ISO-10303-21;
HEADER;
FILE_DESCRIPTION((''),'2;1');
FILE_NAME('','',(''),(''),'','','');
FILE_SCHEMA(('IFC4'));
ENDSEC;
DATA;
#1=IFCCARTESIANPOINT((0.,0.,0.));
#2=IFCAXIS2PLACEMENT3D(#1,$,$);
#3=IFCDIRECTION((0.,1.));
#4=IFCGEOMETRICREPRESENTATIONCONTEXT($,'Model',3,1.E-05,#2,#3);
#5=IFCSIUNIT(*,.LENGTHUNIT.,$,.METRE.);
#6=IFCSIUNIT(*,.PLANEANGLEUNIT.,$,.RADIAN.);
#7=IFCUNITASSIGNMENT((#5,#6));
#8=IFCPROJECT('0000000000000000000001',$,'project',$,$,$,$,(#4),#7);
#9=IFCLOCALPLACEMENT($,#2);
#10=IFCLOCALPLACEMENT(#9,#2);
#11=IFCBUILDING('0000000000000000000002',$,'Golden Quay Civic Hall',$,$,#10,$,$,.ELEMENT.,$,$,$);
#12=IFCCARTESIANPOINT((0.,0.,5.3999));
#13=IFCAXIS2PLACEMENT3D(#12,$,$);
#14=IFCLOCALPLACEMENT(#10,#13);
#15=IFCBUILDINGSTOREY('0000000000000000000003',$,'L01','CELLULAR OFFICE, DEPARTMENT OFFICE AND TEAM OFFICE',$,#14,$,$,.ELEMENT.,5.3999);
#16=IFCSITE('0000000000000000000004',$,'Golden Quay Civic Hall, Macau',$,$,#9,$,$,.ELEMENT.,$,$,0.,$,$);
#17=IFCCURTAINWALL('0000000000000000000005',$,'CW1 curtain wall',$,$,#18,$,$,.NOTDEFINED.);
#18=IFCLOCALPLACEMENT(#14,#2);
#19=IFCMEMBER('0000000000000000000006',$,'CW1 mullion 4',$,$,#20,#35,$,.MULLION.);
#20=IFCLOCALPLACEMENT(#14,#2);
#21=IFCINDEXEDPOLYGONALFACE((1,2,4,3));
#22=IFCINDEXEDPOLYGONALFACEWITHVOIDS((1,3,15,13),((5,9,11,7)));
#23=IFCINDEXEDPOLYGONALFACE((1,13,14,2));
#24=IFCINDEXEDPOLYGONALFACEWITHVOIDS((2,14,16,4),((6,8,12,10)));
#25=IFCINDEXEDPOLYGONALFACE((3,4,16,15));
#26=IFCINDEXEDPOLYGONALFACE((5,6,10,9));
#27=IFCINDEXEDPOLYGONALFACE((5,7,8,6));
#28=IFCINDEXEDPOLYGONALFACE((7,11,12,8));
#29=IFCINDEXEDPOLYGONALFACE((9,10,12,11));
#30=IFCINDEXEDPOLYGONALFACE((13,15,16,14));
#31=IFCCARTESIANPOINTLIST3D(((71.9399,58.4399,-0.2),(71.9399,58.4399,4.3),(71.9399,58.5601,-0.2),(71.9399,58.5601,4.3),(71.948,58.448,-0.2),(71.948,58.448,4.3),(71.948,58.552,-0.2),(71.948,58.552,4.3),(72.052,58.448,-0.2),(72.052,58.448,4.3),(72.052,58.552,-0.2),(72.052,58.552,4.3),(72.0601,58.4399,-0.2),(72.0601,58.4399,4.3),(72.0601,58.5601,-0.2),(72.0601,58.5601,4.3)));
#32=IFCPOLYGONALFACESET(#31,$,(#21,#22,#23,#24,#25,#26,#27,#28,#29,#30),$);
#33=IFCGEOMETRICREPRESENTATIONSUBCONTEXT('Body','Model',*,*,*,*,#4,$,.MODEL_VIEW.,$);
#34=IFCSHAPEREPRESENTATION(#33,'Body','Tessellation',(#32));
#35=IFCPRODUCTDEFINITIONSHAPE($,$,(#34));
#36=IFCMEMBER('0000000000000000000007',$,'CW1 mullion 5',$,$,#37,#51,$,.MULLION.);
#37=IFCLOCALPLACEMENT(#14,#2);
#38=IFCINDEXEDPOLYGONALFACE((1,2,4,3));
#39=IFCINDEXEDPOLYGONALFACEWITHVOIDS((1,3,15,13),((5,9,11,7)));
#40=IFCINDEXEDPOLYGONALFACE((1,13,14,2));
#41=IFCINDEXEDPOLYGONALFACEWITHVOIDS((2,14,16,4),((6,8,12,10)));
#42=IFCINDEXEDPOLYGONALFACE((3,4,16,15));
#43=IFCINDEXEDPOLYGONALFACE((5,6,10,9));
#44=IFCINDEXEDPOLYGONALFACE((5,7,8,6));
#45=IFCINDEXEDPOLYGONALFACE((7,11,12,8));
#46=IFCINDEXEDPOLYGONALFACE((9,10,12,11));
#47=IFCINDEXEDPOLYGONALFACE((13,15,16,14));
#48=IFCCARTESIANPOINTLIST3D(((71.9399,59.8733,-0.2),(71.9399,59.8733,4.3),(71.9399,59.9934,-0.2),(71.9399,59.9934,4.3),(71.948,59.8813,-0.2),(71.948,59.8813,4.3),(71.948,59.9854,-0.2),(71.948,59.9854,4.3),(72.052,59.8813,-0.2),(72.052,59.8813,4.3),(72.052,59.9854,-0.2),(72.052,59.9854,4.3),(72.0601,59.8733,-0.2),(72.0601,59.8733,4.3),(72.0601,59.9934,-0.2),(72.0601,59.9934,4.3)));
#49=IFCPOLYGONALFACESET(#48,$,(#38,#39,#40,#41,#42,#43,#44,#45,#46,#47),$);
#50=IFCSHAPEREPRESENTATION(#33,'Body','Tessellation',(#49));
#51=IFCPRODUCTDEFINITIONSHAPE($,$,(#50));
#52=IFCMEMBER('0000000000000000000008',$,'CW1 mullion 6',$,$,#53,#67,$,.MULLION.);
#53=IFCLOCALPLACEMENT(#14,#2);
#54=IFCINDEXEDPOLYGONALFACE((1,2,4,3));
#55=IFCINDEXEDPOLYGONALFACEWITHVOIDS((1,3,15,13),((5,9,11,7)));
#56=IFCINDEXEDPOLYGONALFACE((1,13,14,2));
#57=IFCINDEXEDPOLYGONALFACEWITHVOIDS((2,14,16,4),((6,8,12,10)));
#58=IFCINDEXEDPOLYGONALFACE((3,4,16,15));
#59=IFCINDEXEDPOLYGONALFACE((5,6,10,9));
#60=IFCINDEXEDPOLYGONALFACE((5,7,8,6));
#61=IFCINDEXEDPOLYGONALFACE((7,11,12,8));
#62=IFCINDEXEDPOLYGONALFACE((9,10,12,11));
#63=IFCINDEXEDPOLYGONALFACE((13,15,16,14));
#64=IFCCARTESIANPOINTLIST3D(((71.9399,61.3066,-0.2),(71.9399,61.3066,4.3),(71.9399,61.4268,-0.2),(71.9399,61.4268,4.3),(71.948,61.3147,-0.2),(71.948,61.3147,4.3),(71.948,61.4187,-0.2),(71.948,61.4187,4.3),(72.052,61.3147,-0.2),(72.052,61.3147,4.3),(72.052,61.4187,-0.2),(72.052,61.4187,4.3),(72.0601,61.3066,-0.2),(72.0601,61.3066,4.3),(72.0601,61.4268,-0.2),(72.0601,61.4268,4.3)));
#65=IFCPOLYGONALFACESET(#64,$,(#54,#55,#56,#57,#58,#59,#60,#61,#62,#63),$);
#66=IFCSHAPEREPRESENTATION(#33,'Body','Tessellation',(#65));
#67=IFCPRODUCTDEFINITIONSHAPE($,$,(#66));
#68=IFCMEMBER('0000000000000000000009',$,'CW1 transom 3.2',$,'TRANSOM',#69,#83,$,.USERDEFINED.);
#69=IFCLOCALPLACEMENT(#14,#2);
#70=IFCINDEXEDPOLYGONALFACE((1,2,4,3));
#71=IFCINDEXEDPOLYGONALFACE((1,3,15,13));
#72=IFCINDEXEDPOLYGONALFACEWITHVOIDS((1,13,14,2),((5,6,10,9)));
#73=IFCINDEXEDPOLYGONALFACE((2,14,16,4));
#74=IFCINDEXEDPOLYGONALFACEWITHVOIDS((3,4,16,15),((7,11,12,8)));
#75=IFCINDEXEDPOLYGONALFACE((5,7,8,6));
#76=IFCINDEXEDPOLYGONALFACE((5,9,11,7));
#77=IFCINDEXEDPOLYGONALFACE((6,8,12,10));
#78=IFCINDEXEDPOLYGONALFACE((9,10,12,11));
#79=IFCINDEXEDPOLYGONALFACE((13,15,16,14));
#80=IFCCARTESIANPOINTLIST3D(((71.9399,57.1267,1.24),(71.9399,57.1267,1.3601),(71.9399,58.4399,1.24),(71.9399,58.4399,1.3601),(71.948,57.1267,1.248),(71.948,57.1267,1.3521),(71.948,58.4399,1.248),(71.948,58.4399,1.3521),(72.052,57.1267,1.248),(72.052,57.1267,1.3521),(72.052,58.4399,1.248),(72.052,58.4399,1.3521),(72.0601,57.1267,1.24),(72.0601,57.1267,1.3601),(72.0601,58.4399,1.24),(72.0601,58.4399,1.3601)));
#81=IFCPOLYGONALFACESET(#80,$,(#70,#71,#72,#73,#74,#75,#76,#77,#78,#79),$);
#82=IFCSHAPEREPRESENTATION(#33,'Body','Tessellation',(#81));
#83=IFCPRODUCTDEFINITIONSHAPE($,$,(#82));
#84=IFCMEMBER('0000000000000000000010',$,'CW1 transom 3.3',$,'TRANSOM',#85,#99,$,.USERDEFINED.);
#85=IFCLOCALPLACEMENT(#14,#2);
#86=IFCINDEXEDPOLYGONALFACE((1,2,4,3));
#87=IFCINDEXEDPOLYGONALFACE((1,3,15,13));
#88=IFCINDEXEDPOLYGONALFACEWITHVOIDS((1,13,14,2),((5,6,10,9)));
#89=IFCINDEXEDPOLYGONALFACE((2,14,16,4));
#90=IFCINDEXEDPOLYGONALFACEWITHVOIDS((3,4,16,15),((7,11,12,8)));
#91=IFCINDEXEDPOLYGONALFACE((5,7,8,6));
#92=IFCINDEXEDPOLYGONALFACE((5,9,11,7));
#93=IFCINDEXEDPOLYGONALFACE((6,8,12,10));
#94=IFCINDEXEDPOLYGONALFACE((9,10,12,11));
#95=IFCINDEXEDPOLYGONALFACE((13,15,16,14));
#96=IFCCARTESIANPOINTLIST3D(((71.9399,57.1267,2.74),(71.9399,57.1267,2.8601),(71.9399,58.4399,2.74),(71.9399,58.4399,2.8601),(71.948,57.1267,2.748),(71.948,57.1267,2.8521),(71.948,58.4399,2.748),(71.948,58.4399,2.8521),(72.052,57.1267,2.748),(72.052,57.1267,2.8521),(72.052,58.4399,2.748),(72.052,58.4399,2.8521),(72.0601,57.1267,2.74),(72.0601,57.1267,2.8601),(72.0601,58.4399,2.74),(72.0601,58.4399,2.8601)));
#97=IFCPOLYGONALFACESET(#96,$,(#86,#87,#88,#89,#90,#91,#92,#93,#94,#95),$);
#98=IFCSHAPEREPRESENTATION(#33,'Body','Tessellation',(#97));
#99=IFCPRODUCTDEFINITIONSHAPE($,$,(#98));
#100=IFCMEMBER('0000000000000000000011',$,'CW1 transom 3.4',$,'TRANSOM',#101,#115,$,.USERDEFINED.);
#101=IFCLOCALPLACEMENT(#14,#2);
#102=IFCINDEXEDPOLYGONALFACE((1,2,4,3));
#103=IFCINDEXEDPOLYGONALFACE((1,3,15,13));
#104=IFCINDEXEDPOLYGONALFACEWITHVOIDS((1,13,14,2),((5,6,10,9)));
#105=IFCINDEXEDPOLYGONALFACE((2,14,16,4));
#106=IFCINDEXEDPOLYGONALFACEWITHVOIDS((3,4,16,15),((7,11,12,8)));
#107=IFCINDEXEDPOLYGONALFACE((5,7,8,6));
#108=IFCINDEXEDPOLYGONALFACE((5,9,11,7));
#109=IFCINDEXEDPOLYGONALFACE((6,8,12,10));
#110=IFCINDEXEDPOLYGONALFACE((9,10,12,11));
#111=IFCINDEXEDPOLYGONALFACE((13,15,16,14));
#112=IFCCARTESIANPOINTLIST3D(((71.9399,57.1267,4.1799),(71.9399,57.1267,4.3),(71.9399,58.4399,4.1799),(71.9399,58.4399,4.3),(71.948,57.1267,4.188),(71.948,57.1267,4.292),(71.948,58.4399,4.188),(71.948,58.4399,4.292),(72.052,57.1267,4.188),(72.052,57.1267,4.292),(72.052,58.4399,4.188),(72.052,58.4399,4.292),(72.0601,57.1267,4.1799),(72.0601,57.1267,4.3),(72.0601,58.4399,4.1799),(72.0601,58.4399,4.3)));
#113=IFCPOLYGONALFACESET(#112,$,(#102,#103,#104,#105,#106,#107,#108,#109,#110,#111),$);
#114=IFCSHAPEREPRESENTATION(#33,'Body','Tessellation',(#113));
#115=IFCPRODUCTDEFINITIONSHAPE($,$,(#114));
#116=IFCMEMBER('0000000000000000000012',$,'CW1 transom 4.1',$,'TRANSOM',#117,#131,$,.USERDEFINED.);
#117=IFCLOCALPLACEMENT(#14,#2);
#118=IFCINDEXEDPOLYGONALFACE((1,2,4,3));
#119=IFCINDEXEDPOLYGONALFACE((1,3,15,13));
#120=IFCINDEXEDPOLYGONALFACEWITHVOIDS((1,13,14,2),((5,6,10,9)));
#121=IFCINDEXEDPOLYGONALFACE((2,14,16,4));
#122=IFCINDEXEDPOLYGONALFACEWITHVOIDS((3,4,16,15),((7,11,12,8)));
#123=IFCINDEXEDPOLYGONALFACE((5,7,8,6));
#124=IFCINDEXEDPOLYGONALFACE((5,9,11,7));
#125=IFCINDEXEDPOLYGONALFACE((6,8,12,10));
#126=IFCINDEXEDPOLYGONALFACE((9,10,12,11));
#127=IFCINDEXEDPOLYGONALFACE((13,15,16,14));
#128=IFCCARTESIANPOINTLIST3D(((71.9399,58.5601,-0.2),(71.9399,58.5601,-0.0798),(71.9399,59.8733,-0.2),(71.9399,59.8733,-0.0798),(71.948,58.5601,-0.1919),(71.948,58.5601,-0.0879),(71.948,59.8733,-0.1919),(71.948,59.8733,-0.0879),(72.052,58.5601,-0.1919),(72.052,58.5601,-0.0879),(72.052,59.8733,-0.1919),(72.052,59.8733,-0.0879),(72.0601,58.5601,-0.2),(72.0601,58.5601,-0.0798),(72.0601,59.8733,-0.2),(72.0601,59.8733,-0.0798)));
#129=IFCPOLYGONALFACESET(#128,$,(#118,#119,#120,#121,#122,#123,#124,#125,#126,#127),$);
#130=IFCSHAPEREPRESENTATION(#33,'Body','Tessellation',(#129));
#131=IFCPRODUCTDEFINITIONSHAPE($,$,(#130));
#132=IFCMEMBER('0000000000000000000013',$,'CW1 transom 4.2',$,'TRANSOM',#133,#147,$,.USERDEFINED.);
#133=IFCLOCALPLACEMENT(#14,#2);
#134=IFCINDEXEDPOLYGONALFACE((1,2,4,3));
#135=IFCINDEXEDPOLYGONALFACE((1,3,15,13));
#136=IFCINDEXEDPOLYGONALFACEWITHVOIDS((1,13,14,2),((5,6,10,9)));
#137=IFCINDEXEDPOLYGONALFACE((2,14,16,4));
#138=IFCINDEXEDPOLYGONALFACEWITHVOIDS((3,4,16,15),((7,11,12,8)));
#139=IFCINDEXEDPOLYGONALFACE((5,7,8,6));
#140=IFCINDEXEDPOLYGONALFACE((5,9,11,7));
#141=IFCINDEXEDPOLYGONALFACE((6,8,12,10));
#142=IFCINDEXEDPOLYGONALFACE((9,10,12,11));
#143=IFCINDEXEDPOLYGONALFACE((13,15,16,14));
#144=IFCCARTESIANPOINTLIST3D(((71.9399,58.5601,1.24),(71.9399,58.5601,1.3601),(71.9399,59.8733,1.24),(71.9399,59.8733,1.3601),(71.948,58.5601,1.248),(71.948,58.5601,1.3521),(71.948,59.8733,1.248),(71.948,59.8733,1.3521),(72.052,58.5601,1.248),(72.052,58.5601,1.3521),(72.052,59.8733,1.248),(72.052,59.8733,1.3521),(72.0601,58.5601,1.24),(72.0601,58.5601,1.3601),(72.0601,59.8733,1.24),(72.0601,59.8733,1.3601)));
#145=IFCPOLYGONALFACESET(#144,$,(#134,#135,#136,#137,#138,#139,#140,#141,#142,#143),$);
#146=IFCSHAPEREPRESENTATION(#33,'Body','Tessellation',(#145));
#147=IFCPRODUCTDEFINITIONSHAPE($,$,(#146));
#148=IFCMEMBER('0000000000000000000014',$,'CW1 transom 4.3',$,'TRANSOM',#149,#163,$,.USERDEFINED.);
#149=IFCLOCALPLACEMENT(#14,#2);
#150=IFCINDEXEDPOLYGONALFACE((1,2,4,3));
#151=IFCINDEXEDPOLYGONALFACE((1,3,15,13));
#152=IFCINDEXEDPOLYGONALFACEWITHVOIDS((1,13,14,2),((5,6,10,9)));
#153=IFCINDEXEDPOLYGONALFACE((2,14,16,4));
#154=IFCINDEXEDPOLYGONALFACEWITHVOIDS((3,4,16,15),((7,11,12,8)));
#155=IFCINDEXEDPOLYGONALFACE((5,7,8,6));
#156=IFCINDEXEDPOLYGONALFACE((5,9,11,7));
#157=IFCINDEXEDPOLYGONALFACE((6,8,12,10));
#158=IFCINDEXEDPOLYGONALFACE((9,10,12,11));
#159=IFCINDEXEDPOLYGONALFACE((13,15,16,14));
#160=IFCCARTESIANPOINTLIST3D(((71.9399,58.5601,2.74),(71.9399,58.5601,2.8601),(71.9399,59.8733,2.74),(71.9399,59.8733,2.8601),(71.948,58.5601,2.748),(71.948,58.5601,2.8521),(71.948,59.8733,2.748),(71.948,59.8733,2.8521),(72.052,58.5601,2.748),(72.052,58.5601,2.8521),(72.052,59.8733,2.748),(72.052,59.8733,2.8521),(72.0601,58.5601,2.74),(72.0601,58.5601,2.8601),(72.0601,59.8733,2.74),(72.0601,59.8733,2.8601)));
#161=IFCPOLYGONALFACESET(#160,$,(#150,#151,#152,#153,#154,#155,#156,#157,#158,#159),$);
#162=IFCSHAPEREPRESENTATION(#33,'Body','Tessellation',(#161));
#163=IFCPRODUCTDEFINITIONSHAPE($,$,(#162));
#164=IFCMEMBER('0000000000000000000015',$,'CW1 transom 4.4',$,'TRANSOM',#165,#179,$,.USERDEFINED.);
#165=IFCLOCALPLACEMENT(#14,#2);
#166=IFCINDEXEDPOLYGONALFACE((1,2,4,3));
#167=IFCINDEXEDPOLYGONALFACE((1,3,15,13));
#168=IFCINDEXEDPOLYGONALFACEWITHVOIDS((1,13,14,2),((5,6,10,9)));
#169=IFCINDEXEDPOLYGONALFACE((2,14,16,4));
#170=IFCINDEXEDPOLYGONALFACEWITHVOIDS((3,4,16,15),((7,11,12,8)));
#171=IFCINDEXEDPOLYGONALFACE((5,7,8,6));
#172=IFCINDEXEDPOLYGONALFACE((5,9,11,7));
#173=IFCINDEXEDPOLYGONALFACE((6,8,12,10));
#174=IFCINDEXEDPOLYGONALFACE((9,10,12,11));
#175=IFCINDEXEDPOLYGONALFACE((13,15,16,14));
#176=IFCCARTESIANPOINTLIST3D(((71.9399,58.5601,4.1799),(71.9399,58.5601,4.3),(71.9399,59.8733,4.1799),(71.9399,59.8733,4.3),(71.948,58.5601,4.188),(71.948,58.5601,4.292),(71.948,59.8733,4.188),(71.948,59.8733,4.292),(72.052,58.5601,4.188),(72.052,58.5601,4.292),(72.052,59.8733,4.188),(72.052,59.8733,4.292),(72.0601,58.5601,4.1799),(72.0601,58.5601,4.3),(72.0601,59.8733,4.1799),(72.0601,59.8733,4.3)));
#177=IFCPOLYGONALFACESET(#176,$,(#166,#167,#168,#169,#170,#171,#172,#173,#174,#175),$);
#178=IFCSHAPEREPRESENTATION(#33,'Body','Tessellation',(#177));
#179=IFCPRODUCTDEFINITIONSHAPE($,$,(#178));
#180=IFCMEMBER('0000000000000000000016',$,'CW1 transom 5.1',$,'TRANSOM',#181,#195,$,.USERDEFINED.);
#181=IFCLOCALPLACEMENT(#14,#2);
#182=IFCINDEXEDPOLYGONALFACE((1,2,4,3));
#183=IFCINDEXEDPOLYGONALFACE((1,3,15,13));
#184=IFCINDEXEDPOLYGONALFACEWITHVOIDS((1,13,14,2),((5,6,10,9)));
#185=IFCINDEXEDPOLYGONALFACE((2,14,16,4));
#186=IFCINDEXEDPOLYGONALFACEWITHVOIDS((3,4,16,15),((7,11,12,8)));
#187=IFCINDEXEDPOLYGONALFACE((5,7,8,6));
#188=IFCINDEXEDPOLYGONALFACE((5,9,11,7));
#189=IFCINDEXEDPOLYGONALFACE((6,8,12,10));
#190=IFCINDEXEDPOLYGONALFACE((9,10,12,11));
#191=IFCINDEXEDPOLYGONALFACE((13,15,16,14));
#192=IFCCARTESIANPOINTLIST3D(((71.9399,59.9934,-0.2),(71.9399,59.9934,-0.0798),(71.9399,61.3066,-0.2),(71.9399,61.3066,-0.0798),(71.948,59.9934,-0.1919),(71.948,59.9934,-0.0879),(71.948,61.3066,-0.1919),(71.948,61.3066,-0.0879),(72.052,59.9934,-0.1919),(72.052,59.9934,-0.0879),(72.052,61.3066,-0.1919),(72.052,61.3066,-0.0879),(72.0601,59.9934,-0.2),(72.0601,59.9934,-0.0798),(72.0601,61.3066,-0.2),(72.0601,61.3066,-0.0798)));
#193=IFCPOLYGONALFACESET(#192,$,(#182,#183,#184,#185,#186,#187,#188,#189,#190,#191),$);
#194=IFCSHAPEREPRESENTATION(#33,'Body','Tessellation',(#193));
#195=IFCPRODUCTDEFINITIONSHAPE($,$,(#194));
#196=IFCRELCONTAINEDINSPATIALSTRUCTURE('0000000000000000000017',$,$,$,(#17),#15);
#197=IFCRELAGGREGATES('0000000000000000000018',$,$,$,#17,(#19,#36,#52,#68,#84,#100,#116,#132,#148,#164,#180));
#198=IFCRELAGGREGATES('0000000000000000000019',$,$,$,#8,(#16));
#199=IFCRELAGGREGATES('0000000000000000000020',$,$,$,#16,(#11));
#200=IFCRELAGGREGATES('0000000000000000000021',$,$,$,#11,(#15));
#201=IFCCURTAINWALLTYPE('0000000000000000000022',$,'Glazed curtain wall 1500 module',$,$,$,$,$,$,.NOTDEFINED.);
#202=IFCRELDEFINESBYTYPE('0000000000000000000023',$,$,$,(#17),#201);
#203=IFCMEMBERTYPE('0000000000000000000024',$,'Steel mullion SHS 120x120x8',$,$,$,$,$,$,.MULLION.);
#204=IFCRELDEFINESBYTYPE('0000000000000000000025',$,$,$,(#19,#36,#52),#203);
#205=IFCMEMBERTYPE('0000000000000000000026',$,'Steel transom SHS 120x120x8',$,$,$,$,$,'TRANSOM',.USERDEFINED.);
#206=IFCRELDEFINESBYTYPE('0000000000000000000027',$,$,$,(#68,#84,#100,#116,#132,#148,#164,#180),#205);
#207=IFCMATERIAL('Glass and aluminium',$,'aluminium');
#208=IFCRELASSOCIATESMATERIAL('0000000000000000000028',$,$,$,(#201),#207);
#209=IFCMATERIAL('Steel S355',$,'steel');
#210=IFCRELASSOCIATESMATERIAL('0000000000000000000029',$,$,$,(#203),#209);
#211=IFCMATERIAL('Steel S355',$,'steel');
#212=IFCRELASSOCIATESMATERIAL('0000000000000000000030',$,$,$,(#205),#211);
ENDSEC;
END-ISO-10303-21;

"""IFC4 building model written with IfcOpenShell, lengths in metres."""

from ifc_helpers import new_model, si_unit, direction, frame, origin, origin_2d, place, context, subcontext, project, spatial, hollow_rectangle, extrude, material, material_profile, profile_set, type_object, element, aggregate, save


model = new_model("IFC4")

# Units and contexts
model_context = context("Model", 3, precision=1e-05, world=origin(), true_north=direction((0.0, 1.0)))
body_context = subcontext(model_context, "Body", "Model", "MODEL_VIEW")
ifc_project = project(units=[si_unit("LENGTHUNIT", "METRE"), si_unit("PLANEANGLEUNIT", "RADIAN")], contexts=[model_context])

# Site, building, storey
site_placement = place(None, origin())
site = spatial("IfcSite", under=ifc_project, at=site_placement, Name="Golden Quay Civic Hall, Macau", CompositionType="ELEMENT", RefElevation=0.0)
building_placement = place(site_placement, origin())
building = spatial("IfcBuilding", under=site, at=building_placement, Name="Golden Quay Civic Hall", CompositionType="ELEMENT")
storey_placement = place(building_placement, frame((0.0, 0.0, 5.3999)))
storey = spatial("IfcBuildingStorey", under=building, at=storey_placement, Name="L01", Description="CELLULAR OFFICE, DEPARTMENT OFFICE AND TEAM OFFICE", CompositionType="ELEMENT", Elevation=5.3999)

# Curtain wall, members
ifc_material_1 = material(Name="Glass and aluminium", Category="aluminium")
curtain_wall_type = type_object("IfcCurtainWallType", Name="Glazed curtain wall 1500 module", PredefinedType="NOTDEFINED", material=ifc_material_1)
curtain_wall_placement = place(storey_placement, origin())
curtain_wall = element("IfcCurtainWall", 1, at=curtain_wall_placement, inside=storey, type_object=curtain_wall_type, Name="CW1 curtain wall", PredefinedType="NOTDEFINED")
ifc_material_2 = material(Name="Steel S355", Category="steel")
ifc_material_profile_1 = material_profile(ifc_material_2, hollow_rectangle(XDim=0.1201, YDim=0.1201, WallThickness=0.0081, at=origin_2d()), Name="SHS 120x120x8")
ifc_profile_set_1 = profile_set([ifc_material_profile_1], Name="Steel S355")
member_type_1 = type_object("IfcMemberType", Name="Steel mullion SHS 120x120x8", PredefinedType="MULLION", material=ifc_profile_set_1)
member_1_placement = place(storey_placement, frame((72.0, 58.5, -0.2), z_axis=(0.0, 0.0, 1.0), x_axis=(-1.0, 0.0, 0.0)))
member_1 = element("IfcMember", 2, at=member_1_placement, type_object=member_type_1, Name="CW1 mullion 4", PredefinedType="MULLION", context=body_context, shape_type="SweptSolid", body=[
    extrude(hollow_rectangle(XDim=0.1201, YDim=0.1201, WallThickness=0.0081, at=origin_2d()), origin(), (0.0, 0.0, 1.0), 4.5),
])
member_2_placement = place(storey_placement, frame((72.0, 59.9333, -0.2), z_axis=(0.0, 0.0, 1.0), x_axis=(-1.0, 0.0, 0.0)))
member_2 = element("IfcMember", 3, at=member_2_placement, type_object=member_type_1, Name="CW1 mullion 5", PredefinedType="MULLION", context=body_context, shape_type="SweptSolid", body=[
    extrude(hollow_rectangle(XDim=0.1201, YDim=0.1201, WallThickness=0.0081, at=origin_2d()), origin(), (0.0, 0.0, 1.0), 4.5),
])
member_3_placement = place(storey_placement, frame((72.0, 61.3667, -0.2), z_axis=(0.0, 0.0, 1.0), x_axis=(-1.0, 0.0, 0.0)))
member_3 = element("IfcMember", 4, at=member_3_placement, type_object=member_type_1, Name="CW1 mullion 6", PredefinedType="MULLION", context=body_context, shape_type="SweptSolid", body=[
    extrude(hollow_rectangle(XDim=0.1201, YDim=0.1201, WallThickness=0.0081, at=origin_2d()), origin(), (0.0, 0.0, 1.0), 4.5),
])
ifc_material_3 = material(Name="Steel S355", Category="steel")
ifc_material_profile_2 = material_profile(ifc_material_3, hollow_rectangle(XDim=0.1201, YDim=0.1201, WallThickness=0.0081, at=origin_2d()), Name="SHS 120x120x8")
ifc_profile_set_2 = profile_set([ifc_material_profile_2], Name="Steel S355")
member_type_2 = type_object("IfcMemberType", Name="Steel transom SHS 120x120x8", ElementType="TRANSOM", PredefinedType="USERDEFINED", material=ifc_profile_set_2)
member_4_placement = place(storey_placement, frame((72.0, 57.1267, 1.3), z_axis=(0.0, 1.0, 0.0), x_axis=(-1.0, 0.0, 0.0)))
member_4 = element("IfcMember", 5, at=member_4_placement, type_object=member_type_2, Name="CW1 transom 3.2", ObjectType="TRANSOM", PredefinedType="USERDEFINED", context=body_context, shape_type="SweptSolid", body=[
    extrude(hollow_rectangle(XDim=0.1201, YDim=0.1201, WallThickness=0.0081, at=origin_2d()), origin(), (0.0, 0.0, 1.0), 1.3132),
])
member_5_placement = place(storey_placement, frame((72.0, 57.1267, 2.8), z_axis=(0.0, 1.0, 0.0), x_axis=(-1.0, 0.0, 0.0)))
member_5 = element("IfcMember", 6, at=member_5_placement, type_object=member_type_2, Name="CW1 transom 3.3", ObjectType="TRANSOM", PredefinedType="USERDEFINED", context=body_context, shape_type="SweptSolid", body=[
    extrude(hollow_rectangle(XDim=0.1201, YDim=0.1201, WallThickness=0.0081, at=origin_2d()), origin(), (0.0, 0.0, 1.0), 1.3132),
])
member_6_placement = place(storey_placement, frame((72.0, 57.1267, 4.24), z_axis=(0.0, 1.0, 0.0), x_axis=(-1.0, 0.0, 0.0)))
member_6 = element("IfcMember", 7, at=member_6_placement, type_object=member_type_2, Name="CW1 transom 3.4", ObjectType="TRANSOM", PredefinedType="USERDEFINED", context=body_context, shape_type="SweptSolid", body=[
    extrude(hollow_rectangle(XDim=0.1201, YDim=0.1201, WallThickness=0.0081, at=origin_2d()), origin(), (0.0, 0.0, 1.0), 1.3132),
])
member_7_placement = place(storey_placement, frame((72.0, 58.5601, -0.1399), z_axis=(0.0, 1.0, 0.0), x_axis=(-1.0, 0.0, 0.0)))
member_7 = element("IfcMember", 8, at=member_7_placement, type_object=member_type_2, Name="CW1 transom 4.1", ObjectType="TRANSOM", PredefinedType="USERDEFINED", context=body_context, shape_type="SweptSolid", body=[
    extrude(hollow_rectangle(XDim=0.1201, YDim=0.1201, WallThickness=0.0081, at=origin_2d()), origin(), (0.0, 0.0, 1.0), 1.3132),
])
member_8_placement = place(storey_placement, frame((72.0, 58.5601, 1.3), z_axis=(0.0, 1.0, 0.0), x_axis=(-1.0, 0.0, 0.0)))
member_8 = element("IfcMember", 9, at=member_8_placement, type_object=member_type_2, Name="CW1 transom 4.2", ObjectType="TRANSOM", PredefinedType="USERDEFINED", context=body_context, shape_type="SweptSolid", body=[
    extrude(hollow_rectangle(XDim=0.1201, YDim=0.1201, WallThickness=0.0081, at=origin_2d()), origin(), (0.0, 0.0, 1.0), 1.3132),
])
member_9_placement = place(storey_placement, frame((72.0, 58.5601, 2.8), z_axis=(0.0, 1.0, 0.0), x_axis=(-1.0, 0.0, 0.0)))
member_9 = element("IfcMember", 10, at=member_9_placement, type_object=member_type_2, Name="CW1 transom 4.3", ObjectType="TRANSOM", PredefinedType="USERDEFINED", context=body_context, shape_type="SweptSolid", body=[
    extrude(hollow_rectangle(XDim=0.1201, YDim=0.1201, WallThickness=0.0081, at=origin_2d()), origin(), (0.0, 0.0, 1.0), 1.3132),
])
member_10_placement = place(storey_placement, frame((72.0, 58.5601, 4.24), z_axis=(0.0, 1.0, 0.0), x_axis=(-1.0, 0.0, 0.0)))
member_10 = element("IfcMember", 11, at=member_10_placement, type_object=member_type_2, Name="CW1 transom 4.4", ObjectType="TRANSOM", PredefinedType="USERDEFINED", context=body_context, shape_type="SweptSolid", body=[
    extrude(hollow_rectangle(XDim=0.1201, YDim=0.1201, WallThickness=0.0081, at=origin_2d()), origin(), (0.0, 0.0, 1.0), 1.3132),
])
member_11_placement = place(storey_placement, frame((72.0, 59.9934, -0.1399), z_axis=(0.0, 1.0, 0.0), x_axis=(-1.0, 0.0, 0.0)))
member_11 = element("IfcMember", 12, at=member_11_placement, type_object=member_type_2, Name="CW1 transom 5.1", ObjectType="TRANSOM", PredefinedType="USERDEFINED", context=body_context, shape_type="SweptSolid", body=[
    extrude(hollow_rectangle(XDim=0.1201, YDim=0.1201, WallThickness=0.0081, at=origin_2d()), origin(), (0.0, 0.0, 1.0), 1.3132),
])
aggregate(curtain_wall, [member_1, member_2, member_3, member_4, member_5, member_6, member_7, member_8, member_9, member_10, member_11])

save(model, "model.ifc")
